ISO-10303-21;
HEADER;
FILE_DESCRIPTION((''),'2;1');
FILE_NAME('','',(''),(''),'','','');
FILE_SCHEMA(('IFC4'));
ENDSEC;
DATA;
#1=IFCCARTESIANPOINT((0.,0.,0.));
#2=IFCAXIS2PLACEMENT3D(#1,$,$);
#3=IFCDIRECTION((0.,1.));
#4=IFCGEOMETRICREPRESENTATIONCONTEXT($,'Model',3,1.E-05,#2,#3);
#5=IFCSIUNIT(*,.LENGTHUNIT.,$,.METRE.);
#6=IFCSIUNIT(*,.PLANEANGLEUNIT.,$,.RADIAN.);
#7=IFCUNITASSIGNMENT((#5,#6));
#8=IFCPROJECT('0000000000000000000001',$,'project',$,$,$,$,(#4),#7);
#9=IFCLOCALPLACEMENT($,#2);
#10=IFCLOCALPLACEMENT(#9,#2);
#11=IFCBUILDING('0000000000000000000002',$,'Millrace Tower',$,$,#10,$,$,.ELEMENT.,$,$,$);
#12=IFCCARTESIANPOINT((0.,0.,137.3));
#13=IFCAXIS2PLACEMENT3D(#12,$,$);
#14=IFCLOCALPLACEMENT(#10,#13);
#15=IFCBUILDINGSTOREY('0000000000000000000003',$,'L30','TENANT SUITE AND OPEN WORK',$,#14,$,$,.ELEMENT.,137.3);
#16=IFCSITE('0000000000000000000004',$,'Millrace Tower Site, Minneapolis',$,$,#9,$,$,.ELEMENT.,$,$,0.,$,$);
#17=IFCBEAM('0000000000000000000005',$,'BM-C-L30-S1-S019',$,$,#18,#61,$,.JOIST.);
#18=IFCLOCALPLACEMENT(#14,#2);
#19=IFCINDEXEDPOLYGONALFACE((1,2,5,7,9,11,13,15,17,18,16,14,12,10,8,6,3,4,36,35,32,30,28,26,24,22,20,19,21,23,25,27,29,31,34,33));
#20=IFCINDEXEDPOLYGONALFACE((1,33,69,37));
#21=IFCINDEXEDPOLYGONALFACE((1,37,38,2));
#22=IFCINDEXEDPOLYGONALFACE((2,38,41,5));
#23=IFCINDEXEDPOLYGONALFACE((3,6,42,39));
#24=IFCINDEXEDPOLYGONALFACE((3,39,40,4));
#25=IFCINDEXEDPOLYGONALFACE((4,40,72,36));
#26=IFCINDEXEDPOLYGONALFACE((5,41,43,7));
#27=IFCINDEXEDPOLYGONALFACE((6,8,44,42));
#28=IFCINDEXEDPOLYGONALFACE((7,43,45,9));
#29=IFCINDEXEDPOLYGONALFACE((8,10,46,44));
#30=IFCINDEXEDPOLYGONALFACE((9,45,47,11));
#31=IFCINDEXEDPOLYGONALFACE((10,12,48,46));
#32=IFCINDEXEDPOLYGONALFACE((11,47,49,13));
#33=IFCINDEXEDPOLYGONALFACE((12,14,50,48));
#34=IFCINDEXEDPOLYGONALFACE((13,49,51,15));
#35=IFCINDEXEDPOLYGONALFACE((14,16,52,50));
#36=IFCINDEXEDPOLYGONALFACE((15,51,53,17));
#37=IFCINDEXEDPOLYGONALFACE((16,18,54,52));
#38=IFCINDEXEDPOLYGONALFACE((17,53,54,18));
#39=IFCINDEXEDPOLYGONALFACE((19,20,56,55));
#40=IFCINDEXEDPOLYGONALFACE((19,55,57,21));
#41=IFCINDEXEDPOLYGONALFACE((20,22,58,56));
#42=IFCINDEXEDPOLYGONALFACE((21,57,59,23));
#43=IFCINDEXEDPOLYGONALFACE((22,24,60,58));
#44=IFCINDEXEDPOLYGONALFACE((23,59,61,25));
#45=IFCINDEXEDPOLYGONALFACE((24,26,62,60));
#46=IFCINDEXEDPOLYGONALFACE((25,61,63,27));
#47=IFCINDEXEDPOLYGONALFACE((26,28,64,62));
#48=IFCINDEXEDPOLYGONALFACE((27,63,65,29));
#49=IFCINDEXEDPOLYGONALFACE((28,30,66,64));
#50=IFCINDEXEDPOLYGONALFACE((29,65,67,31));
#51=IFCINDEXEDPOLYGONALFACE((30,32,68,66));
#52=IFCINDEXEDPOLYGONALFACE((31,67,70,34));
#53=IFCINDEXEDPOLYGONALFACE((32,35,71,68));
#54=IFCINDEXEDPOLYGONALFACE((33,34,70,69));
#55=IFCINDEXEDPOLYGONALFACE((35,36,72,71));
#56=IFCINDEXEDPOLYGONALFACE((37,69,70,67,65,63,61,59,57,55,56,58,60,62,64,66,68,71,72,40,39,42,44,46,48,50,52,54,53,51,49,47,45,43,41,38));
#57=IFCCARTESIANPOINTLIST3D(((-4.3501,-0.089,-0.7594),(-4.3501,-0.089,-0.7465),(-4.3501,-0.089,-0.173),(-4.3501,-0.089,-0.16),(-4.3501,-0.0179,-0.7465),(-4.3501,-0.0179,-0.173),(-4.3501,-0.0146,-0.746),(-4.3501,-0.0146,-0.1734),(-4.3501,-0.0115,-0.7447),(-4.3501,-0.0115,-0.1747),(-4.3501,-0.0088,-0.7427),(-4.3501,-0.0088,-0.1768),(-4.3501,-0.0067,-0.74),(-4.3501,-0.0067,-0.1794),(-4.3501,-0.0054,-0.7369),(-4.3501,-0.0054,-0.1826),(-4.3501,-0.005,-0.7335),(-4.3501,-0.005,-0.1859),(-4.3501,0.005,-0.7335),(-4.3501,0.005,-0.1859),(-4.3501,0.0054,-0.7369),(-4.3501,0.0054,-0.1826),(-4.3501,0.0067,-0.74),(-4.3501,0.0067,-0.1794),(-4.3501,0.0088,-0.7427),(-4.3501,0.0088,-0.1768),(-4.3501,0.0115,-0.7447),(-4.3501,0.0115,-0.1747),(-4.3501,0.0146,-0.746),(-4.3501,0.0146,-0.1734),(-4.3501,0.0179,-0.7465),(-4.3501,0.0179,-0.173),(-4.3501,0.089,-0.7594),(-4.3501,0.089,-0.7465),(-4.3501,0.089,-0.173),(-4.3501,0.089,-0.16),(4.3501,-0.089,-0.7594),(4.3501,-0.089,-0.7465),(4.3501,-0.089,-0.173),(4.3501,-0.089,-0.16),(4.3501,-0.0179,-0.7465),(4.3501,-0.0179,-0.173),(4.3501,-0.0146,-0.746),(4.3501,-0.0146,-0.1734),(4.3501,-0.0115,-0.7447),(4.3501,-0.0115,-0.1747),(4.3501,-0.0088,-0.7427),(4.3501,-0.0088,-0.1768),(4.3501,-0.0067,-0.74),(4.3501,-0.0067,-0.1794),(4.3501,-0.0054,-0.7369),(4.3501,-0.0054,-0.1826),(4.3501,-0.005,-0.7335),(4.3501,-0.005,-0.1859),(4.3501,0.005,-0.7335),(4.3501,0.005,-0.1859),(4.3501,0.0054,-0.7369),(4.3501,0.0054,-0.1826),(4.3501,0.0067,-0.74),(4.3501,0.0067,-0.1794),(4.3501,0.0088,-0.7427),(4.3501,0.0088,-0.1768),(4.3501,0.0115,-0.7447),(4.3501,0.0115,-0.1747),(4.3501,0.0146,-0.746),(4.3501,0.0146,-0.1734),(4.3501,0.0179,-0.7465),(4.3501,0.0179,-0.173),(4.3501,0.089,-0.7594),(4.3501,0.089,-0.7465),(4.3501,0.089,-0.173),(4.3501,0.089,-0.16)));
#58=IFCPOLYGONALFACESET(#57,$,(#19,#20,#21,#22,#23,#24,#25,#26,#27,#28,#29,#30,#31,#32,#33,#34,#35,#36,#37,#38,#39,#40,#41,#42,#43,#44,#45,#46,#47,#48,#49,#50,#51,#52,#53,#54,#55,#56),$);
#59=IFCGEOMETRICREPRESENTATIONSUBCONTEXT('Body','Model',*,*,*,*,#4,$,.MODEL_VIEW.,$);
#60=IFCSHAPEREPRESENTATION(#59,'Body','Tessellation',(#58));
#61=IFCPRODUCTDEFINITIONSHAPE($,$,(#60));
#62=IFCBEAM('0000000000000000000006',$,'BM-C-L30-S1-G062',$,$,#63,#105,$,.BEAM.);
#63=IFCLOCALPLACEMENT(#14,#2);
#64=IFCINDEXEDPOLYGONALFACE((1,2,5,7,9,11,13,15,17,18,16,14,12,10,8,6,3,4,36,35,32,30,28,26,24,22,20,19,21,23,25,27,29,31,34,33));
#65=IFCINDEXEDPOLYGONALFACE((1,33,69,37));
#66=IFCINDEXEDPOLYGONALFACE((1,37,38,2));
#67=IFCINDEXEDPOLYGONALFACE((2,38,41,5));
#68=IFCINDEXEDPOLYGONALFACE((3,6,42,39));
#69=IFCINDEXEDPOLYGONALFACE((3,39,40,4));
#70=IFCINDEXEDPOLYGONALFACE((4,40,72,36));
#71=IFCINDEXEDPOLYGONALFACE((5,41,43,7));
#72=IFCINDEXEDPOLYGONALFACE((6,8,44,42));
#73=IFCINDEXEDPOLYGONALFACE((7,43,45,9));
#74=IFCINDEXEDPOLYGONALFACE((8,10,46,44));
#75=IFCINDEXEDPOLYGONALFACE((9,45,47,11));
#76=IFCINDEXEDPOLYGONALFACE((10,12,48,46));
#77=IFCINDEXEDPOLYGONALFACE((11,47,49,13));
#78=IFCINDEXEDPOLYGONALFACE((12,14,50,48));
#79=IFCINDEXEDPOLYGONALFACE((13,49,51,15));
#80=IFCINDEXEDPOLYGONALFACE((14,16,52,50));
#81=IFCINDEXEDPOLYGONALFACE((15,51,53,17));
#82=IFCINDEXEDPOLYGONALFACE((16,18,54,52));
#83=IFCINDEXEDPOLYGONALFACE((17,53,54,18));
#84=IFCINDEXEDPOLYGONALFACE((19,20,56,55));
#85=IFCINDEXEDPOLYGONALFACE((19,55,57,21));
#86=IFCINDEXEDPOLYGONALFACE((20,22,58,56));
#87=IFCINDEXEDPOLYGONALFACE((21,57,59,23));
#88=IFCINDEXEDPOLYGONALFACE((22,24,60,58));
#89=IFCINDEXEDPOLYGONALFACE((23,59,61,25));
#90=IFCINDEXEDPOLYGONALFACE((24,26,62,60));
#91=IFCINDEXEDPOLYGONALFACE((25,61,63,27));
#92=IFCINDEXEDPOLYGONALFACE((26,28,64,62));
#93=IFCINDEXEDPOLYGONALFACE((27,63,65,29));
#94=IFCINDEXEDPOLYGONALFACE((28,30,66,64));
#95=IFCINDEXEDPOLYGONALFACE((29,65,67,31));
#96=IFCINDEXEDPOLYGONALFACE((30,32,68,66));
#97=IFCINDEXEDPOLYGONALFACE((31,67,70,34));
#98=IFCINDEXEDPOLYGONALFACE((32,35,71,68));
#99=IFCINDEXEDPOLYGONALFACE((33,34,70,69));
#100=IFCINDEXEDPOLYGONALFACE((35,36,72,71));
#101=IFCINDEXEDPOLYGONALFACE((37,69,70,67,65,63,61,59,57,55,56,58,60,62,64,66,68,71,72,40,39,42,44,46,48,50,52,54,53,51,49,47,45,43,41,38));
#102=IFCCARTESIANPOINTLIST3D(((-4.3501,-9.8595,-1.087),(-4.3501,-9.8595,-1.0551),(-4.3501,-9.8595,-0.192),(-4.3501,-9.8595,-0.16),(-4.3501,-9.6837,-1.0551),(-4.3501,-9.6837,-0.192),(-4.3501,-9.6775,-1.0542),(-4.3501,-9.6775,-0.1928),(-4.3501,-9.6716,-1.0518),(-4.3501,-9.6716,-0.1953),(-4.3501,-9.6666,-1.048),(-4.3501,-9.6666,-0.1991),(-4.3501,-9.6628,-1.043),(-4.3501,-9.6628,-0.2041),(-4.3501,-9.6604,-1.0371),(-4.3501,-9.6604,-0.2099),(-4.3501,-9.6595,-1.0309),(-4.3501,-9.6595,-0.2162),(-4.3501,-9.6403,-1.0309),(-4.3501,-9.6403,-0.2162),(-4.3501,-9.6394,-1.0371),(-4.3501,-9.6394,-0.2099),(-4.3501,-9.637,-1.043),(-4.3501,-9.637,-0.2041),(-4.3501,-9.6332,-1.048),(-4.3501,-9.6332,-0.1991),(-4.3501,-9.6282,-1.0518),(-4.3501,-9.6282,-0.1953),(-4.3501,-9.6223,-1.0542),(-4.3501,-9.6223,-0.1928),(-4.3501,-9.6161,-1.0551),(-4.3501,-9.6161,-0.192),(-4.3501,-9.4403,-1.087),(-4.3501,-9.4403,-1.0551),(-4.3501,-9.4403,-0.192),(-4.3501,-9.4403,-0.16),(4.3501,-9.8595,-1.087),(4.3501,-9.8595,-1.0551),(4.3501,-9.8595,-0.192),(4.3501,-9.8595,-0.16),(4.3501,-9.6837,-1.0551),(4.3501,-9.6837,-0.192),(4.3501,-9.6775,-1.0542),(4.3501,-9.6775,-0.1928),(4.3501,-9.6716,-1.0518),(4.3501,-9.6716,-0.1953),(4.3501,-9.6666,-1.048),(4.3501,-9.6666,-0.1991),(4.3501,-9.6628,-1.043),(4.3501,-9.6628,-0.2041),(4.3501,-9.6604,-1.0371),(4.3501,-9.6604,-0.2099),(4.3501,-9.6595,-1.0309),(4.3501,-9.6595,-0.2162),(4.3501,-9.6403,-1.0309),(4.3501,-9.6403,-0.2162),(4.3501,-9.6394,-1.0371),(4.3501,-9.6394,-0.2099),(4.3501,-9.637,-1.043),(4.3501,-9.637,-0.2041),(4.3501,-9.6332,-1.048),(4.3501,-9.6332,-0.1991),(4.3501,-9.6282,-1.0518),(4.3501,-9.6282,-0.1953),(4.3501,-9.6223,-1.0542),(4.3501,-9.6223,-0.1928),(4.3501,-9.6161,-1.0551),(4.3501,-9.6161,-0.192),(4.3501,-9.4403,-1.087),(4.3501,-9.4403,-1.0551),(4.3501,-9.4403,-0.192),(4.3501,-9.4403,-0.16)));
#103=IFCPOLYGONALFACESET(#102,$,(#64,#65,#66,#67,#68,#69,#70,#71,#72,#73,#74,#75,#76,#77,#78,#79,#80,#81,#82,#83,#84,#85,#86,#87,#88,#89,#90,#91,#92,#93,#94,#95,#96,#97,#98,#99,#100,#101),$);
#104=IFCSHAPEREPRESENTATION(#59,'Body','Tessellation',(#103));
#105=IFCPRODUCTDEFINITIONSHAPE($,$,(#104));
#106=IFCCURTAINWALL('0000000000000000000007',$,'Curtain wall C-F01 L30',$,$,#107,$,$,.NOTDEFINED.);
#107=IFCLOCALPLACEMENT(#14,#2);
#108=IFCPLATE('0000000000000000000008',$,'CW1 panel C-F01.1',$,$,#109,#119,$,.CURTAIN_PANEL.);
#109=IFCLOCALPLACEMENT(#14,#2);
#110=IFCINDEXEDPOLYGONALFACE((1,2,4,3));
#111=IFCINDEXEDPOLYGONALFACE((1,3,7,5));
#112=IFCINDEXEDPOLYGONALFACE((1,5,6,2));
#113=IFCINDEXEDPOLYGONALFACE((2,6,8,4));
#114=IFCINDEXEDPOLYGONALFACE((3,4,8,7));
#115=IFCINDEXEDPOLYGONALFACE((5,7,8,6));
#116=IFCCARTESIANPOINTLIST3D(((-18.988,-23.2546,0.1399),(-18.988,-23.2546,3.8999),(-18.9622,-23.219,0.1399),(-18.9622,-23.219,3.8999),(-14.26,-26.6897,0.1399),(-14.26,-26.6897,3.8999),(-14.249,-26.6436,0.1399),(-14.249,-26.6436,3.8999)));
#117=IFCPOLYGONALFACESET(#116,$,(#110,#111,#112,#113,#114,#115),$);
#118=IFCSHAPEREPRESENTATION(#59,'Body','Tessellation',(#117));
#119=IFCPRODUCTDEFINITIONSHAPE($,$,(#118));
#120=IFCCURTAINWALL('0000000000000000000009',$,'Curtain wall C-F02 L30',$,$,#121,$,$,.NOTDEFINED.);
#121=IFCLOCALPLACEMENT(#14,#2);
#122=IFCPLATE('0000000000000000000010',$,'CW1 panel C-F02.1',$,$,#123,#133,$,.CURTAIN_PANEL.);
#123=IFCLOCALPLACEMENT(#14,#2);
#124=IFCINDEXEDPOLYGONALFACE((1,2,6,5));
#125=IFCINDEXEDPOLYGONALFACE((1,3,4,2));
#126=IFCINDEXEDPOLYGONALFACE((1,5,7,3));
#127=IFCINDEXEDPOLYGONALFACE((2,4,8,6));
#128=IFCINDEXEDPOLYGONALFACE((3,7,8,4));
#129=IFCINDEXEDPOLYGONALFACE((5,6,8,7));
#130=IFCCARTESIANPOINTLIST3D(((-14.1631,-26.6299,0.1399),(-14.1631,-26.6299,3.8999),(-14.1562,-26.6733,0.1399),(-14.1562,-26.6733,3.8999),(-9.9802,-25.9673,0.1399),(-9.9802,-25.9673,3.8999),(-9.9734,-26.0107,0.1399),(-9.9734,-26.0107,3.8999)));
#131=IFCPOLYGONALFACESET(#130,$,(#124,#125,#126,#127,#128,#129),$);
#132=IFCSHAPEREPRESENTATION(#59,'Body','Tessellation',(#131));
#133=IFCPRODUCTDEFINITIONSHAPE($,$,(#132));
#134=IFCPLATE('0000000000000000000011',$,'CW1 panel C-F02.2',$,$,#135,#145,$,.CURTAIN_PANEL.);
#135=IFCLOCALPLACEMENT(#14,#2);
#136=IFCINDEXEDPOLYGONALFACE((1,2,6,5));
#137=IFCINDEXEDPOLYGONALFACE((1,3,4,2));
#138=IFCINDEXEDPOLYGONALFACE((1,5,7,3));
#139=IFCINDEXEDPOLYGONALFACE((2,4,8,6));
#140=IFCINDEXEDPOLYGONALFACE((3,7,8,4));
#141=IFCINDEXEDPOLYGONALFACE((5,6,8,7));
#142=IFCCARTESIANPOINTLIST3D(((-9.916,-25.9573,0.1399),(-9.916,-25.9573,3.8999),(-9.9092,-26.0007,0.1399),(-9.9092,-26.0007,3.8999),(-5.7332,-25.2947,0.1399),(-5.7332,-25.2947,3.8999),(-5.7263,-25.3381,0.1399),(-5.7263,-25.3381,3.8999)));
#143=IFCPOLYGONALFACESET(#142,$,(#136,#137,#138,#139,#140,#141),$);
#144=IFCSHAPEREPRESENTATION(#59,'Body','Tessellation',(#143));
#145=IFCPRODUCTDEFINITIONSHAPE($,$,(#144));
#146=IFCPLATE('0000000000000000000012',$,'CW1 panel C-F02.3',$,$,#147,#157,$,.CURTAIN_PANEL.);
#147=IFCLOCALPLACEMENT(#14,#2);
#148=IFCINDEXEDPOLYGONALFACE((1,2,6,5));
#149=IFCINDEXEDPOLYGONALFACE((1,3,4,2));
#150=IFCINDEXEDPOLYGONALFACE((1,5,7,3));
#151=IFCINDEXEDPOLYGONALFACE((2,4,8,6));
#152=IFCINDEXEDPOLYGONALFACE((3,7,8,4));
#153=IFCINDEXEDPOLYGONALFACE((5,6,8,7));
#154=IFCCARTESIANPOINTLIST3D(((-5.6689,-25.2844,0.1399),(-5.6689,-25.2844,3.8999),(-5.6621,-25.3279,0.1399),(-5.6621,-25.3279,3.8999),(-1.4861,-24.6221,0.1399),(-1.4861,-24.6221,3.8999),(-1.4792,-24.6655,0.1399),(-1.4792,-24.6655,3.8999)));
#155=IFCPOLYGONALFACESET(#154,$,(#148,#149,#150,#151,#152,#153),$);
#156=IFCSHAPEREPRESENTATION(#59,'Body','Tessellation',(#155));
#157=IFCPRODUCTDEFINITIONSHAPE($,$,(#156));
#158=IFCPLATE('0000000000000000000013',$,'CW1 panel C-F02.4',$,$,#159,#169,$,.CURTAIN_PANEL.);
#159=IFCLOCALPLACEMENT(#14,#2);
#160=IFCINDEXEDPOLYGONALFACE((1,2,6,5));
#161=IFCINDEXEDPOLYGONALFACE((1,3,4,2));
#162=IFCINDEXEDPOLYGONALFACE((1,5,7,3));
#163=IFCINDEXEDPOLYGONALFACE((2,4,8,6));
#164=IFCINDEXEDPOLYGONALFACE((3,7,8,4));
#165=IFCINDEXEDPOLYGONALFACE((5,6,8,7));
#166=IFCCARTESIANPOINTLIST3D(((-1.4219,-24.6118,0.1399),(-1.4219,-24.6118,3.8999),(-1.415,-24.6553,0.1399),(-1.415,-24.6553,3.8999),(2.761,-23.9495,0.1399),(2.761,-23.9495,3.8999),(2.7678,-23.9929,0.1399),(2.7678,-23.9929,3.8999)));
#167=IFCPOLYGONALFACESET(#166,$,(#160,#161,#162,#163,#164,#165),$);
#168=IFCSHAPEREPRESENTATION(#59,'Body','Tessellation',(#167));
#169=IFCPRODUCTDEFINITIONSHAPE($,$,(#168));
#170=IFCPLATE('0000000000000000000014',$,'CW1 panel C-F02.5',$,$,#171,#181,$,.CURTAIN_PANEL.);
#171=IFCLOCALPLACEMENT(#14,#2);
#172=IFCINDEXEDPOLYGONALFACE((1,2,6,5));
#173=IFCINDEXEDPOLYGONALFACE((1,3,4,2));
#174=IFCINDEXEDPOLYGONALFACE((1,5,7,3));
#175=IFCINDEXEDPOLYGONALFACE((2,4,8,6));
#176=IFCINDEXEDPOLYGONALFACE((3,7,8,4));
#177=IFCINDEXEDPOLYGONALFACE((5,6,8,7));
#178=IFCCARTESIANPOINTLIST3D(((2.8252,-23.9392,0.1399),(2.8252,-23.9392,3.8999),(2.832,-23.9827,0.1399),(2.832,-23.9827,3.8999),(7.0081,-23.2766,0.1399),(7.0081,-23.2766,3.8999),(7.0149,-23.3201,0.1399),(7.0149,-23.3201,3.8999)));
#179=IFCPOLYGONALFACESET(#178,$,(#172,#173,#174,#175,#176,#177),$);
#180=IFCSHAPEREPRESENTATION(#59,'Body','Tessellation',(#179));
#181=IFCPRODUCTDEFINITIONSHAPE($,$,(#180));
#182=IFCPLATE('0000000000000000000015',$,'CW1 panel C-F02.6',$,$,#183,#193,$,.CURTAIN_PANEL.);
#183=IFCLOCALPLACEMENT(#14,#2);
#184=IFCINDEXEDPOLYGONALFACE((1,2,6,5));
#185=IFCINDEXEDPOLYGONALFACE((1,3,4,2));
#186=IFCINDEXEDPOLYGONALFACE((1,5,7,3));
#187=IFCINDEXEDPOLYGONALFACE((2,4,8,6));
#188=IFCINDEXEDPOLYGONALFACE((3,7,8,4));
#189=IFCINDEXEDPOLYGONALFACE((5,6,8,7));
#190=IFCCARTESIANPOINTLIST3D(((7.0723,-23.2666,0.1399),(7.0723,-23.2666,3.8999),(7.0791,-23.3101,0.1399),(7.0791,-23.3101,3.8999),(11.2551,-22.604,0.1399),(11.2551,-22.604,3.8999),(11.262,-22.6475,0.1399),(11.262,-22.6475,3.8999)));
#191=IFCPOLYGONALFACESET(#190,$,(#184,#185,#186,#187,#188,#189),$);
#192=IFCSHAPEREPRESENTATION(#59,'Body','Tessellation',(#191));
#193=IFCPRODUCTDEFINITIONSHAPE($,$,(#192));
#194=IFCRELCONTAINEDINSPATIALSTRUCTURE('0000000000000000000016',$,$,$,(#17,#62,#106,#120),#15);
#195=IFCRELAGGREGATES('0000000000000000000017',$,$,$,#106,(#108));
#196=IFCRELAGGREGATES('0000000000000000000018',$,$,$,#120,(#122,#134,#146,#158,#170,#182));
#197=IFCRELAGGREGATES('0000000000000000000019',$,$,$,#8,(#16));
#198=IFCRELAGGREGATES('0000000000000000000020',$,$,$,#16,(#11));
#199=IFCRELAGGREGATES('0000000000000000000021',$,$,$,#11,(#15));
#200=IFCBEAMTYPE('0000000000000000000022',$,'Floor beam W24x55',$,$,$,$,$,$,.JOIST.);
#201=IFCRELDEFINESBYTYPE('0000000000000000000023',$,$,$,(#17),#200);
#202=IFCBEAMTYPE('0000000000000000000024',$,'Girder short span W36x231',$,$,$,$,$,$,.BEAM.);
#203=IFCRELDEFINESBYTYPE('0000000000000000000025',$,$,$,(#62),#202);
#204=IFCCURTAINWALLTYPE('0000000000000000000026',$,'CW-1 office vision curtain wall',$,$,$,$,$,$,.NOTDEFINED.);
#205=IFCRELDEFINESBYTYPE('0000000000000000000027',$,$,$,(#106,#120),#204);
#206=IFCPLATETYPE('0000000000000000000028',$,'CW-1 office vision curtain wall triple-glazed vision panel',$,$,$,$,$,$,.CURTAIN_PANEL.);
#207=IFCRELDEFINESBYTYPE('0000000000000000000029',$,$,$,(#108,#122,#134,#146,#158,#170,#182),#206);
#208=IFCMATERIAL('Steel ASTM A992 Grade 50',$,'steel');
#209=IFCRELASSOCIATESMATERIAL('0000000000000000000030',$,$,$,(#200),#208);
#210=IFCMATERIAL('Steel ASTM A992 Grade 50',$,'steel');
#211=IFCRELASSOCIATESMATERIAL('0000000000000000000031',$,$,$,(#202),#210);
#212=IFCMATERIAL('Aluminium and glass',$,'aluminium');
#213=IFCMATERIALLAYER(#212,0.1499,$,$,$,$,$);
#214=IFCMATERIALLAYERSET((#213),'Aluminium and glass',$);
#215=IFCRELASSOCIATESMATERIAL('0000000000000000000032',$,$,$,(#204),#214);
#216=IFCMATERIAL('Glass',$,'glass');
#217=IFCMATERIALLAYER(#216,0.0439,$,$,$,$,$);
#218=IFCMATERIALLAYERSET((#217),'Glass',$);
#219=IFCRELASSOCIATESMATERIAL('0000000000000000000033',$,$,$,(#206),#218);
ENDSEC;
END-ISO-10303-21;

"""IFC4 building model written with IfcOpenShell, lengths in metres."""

from ifc_helpers import new_model, si_unit, direction, frame, origin, origin_2d, place, context, subcontext, project, spatial, polyline, i_section, outline, extrude, material, layer, layer_set, material_profile, profile_set, type_object, element, aggregate, save


model = new_model("IFC4")

# Units and contexts
model_context = context("Model", 3, precision=1e-05, world=origin(), true_north=direction((0.0, 1.0)))
body_context = subcontext(model_context, "Body", "Model", "MODEL_VIEW")
ifc_project = project(units=[si_unit("LENGTHUNIT", "METRE"), si_unit("PLANEANGLEUNIT", "RADIAN")], contexts=[model_context])

# Site, building, storey
site_placement = place(None, origin())
site = spatial("IfcSite", under=ifc_project, at=site_placement, Name="Millrace Tower Site, Minneapolis", CompositionType="ELEMENT", RefElevation=0.0)
building_placement = place(site_placement, origin())
building = spatial("IfcBuilding", under=site, at=building_placement, Name="Millrace Tower", CompositionType="ELEMENT")
storey_placement = place(building_placement, frame((0.0, 0.0, 137.3)))
storey = spatial("IfcBuildingStorey", under=building, at=storey_placement, Name="L30", Description="TENANT SUITE AND OPEN WORK", CompositionType="ELEMENT", Elevation=137.3)

# Beams
ifc_material_1 = material(Name="Steel ASTM A992 Grade 50", Category="steel")
ifc_material_profile_1 = material_profile(ifc_material_1, i_section(OverallWidth=0.178, OverallDepth=0.5994, WebThickness=0.01, FlangeThickness=0.0129, FilletRadius=0.0129, at=origin_2d()))
ifc_profile_set_1 = profile_set([ifc_material_profile_1], Name="Steel ASTM A992 Grade 50")
beam_type_1 = type_object("IfcBeamType", Name="Floor beam W24x55", PredefinedType="JOIST", material=ifc_profile_set_1)
for number, where, z_axis, x_axis, name in (
    (1, (-4.3501, 0.0, -0.4597), (1.0, 0.0, 0.0), (0.0, 1.0, 0.0), "BM-C-L30-S1-S019"),
):
    element("IfcBeam", number, at=place(storey_placement, frame(where, z_axis=z_axis, x_axis=x_axis)), inside=storey, type_object=beam_type_1, Name=name, PredefinedType="JOIST", context=body_context, shape_type="SweptSolid", body=[
        extrude(i_section(OverallWidth=0.178, OverallDepth=0.5994, WebThickness=0.01, FlangeThickness=0.0129, FilletRadius=0.0129, at=origin_2d()), origin(), (0.0, 0.0, 1.0), 8.7002),
    ])
ifc_material_2 = material(Name="Steel ASTM A992 Grade 50", Category="steel")
ifc_material_profile_2 = material_profile(ifc_material_2, i_section(OverallWidth=0.4192, OverallDepth=0.927, WebThickness=0.0193, FlangeThickness=0.032, FilletRadius=0.0242, at=origin_2d()))
ifc_profile_set_2 = profile_set([ifc_material_profile_2], Name="Steel ASTM A992 Grade 50")
beam_type_2 = type_object("IfcBeamType", Name="Girder short span W36x231", PredefinedType="BEAM", material=ifc_profile_set_2)
beam_1_placement = place(storey_placement, frame((-4.3501, -9.6499, -0.6235), z_axis=(1.0, 0.0, 0.0), x_axis=(0.0, 1.0, 0.0)))
element("IfcBeam", 2, at=beam_1_placement, inside=storey, type_object=beam_type_2, Name="BM-C-L30-S1-G062", PredefinedType="BEAM", context=body_context, shape_type="SweptSolid", body=[
    extrude(i_section(OverallWidth=0.4192, OverallDepth=0.927, WebThickness=0.0193, FlangeThickness=0.032, FilletRadius=0.0242, at=origin_2d()), origin(), (0.0, 0.0, 1.0), 8.7002),
])

# Curtain wall, plate
ifc_material_3 = material(Name="Aluminium and glass", Category="aluminium")
ifc_layer_1 = layer(ifc_material_3, 0.1499)
ifc_layer_set_1 = layer_set([ifc_layer_1], Name="Aluminium and glass")
curtain_wall_type = type_object("IfcCurtainWallType", Name="CW-1 office vision curtain wall", PredefinedType="NOTDEFINED", material=ifc_layer_set_1)
placement_1 = place(storey_placement, origin())
curtain_wall_1 = element("IfcCurtainWall", 3, at=placement_1, inside=storey, type_object=curtain_wall_type, Name="Curtain wall C-F01 L30", PredefinedType="NOTDEFINED")
ifc_material_4 = material(Name="Glass", Category="glass")
ifc_layer_2 = layer(ifc_material_4, 0.0439)
ifc_layer_set_2 = layer_set([ifc_layer_2], Name="Glass")
plate_type = type_object("IfcPlateType", Name="CW-1 office vision curtain wall triple-glazed vision panel", PredefinedType="CURTAIN_PANEL", material=ifc_layer_set_2)
placement_2 = place(storey_placement, frame((0.0, 0.0, 0.1399)))
plate_1 = element("IfcPlate", 4, at=placement_2, type_object=plate_type, Name="CW1 panel C-F01.1", PredefinedType="CURTAIN_PANEL", context=body_context, shape_type="SweptSolid", body=[
    extrude(outline(polyline([(-18.988, -23.2546), (-14.26, -26.6897), (-14.249, -26.6436), (-18.9622, -23.219), (-18.988, -23.2546)])), origin(), (0.0, 0.0, 1.0), 3.76),
])
aggregate(curtain_wall_1, [plate_1])

# Curtain wall, plates
curtain_wall_2 = element("IfcCurtainWall", 5, at=placement_1, inside=storey, type_object=curtain_wall_type, Name="Curtain wall C-F02 L30", PredefinedType="NOTDEFINED")
plate_2 = element("IfcPlate", 6, at=placement_2, type_object=plate_type, Name="CW1 panel C-F02.1", PredefinedType="CURTAIN_PANEL", context=body_context, shape_type="SweptSolid", body=[
    extrude(outline(polyline([(-14.1562, -26.6733), (-9.9734, -26.0107), (-9.9802, -25.9673), (-14.1631, -26.6299), (-14.1562, -26.6733)])), origin(), (0.0, 0.0, 1.0), 3.76),
])
plate_3 = element("IfcPlate", 7, at=placement_2, type_object=plate_type, Name="CW1 panel C-F02.2", PredefinedType="CURTAIN_PANEL", context=body_context, shape_type="SweptSolid", body=[
    extrude(outline(polyline([(-9.9092, -26.0007), (-5.7263, -25.3381), (-5.7332, -25.2947), (-9.916, -25.9573), (-9.9092, -26.0007)])), origin(), (0.0, 0.0, 1.0), 3.76),
])
plate_4 = element("IfcPlate", 8, at=placement_2, type_object=plate_type, Name="CW1 panel C-F02.3", PredefinedType="CURTAIN_PANEL", context=body_context, shape_type="SweptSolid", body=[
    extrude(outline(polyline([(-5.6621, -25.3279), (-1.4792, -24.6655), (-1.4861, -24.6221), (-5.6689, -25.2844), (-5.6621, -25.3279)])), origin(), (0.0, 0.0, 1.0), 3.76),
])
plate_5 = element("IfcPlate", 9, at=placement_2, type_object=plate_type, Name="CW1 panel C-F02.4", PredefinedType="CURTAIN_PANEL", context=body_context, shape_type="SweptSolid", body=[
    extrude(outline(polyline([(-1.415, -24.6553), (2.7678, -23.9929), (2.761, -23.9495), (-1.4219, -24.6118), (-1.415, -24.6553)])), origin(), (0.0, 0.0, 1.0), 3.76),
])
plate_6 = element("IfcPlate", 10, at=placement_2, type_object=plate_type, Name="CW1 panel C-F02.5", PredefinedType="CURTAIN_PANEL", context=body_context, shape_type="SweptSolid", body=[
    extrude(outline(polyline([(2.832, -23.9827), (7.0149, -23.3201), (7.0081, -23.2766), (2.8252, -23.9392), (2.832, -23.9827)])), origin(), (0.0, 0.0, 1.0), 3.76),
])
plate_7 = element("IfcPlate", 11, at=placement_2, type_object=plate_type, Name="CW1 panel C-F02.6", PredefinedType="CURTAIN_PANEL", context=body_context, shape_type="SweptSolid", body=[
    extrude(outline(polyline([(7.0791, -23.3101), (11.262, -22.6475), (11.2551, -22.604), (7.0723, -23.2666), (7.0791, -23.3101)])), origin(), (0.0, 0.0, 1.0), 3.76),
])
aggregate(curtain_wall_2, [plate_2, plate_3, plate_4, plate_5, plate_6, plate_7])

save(model, "model.ifc")
